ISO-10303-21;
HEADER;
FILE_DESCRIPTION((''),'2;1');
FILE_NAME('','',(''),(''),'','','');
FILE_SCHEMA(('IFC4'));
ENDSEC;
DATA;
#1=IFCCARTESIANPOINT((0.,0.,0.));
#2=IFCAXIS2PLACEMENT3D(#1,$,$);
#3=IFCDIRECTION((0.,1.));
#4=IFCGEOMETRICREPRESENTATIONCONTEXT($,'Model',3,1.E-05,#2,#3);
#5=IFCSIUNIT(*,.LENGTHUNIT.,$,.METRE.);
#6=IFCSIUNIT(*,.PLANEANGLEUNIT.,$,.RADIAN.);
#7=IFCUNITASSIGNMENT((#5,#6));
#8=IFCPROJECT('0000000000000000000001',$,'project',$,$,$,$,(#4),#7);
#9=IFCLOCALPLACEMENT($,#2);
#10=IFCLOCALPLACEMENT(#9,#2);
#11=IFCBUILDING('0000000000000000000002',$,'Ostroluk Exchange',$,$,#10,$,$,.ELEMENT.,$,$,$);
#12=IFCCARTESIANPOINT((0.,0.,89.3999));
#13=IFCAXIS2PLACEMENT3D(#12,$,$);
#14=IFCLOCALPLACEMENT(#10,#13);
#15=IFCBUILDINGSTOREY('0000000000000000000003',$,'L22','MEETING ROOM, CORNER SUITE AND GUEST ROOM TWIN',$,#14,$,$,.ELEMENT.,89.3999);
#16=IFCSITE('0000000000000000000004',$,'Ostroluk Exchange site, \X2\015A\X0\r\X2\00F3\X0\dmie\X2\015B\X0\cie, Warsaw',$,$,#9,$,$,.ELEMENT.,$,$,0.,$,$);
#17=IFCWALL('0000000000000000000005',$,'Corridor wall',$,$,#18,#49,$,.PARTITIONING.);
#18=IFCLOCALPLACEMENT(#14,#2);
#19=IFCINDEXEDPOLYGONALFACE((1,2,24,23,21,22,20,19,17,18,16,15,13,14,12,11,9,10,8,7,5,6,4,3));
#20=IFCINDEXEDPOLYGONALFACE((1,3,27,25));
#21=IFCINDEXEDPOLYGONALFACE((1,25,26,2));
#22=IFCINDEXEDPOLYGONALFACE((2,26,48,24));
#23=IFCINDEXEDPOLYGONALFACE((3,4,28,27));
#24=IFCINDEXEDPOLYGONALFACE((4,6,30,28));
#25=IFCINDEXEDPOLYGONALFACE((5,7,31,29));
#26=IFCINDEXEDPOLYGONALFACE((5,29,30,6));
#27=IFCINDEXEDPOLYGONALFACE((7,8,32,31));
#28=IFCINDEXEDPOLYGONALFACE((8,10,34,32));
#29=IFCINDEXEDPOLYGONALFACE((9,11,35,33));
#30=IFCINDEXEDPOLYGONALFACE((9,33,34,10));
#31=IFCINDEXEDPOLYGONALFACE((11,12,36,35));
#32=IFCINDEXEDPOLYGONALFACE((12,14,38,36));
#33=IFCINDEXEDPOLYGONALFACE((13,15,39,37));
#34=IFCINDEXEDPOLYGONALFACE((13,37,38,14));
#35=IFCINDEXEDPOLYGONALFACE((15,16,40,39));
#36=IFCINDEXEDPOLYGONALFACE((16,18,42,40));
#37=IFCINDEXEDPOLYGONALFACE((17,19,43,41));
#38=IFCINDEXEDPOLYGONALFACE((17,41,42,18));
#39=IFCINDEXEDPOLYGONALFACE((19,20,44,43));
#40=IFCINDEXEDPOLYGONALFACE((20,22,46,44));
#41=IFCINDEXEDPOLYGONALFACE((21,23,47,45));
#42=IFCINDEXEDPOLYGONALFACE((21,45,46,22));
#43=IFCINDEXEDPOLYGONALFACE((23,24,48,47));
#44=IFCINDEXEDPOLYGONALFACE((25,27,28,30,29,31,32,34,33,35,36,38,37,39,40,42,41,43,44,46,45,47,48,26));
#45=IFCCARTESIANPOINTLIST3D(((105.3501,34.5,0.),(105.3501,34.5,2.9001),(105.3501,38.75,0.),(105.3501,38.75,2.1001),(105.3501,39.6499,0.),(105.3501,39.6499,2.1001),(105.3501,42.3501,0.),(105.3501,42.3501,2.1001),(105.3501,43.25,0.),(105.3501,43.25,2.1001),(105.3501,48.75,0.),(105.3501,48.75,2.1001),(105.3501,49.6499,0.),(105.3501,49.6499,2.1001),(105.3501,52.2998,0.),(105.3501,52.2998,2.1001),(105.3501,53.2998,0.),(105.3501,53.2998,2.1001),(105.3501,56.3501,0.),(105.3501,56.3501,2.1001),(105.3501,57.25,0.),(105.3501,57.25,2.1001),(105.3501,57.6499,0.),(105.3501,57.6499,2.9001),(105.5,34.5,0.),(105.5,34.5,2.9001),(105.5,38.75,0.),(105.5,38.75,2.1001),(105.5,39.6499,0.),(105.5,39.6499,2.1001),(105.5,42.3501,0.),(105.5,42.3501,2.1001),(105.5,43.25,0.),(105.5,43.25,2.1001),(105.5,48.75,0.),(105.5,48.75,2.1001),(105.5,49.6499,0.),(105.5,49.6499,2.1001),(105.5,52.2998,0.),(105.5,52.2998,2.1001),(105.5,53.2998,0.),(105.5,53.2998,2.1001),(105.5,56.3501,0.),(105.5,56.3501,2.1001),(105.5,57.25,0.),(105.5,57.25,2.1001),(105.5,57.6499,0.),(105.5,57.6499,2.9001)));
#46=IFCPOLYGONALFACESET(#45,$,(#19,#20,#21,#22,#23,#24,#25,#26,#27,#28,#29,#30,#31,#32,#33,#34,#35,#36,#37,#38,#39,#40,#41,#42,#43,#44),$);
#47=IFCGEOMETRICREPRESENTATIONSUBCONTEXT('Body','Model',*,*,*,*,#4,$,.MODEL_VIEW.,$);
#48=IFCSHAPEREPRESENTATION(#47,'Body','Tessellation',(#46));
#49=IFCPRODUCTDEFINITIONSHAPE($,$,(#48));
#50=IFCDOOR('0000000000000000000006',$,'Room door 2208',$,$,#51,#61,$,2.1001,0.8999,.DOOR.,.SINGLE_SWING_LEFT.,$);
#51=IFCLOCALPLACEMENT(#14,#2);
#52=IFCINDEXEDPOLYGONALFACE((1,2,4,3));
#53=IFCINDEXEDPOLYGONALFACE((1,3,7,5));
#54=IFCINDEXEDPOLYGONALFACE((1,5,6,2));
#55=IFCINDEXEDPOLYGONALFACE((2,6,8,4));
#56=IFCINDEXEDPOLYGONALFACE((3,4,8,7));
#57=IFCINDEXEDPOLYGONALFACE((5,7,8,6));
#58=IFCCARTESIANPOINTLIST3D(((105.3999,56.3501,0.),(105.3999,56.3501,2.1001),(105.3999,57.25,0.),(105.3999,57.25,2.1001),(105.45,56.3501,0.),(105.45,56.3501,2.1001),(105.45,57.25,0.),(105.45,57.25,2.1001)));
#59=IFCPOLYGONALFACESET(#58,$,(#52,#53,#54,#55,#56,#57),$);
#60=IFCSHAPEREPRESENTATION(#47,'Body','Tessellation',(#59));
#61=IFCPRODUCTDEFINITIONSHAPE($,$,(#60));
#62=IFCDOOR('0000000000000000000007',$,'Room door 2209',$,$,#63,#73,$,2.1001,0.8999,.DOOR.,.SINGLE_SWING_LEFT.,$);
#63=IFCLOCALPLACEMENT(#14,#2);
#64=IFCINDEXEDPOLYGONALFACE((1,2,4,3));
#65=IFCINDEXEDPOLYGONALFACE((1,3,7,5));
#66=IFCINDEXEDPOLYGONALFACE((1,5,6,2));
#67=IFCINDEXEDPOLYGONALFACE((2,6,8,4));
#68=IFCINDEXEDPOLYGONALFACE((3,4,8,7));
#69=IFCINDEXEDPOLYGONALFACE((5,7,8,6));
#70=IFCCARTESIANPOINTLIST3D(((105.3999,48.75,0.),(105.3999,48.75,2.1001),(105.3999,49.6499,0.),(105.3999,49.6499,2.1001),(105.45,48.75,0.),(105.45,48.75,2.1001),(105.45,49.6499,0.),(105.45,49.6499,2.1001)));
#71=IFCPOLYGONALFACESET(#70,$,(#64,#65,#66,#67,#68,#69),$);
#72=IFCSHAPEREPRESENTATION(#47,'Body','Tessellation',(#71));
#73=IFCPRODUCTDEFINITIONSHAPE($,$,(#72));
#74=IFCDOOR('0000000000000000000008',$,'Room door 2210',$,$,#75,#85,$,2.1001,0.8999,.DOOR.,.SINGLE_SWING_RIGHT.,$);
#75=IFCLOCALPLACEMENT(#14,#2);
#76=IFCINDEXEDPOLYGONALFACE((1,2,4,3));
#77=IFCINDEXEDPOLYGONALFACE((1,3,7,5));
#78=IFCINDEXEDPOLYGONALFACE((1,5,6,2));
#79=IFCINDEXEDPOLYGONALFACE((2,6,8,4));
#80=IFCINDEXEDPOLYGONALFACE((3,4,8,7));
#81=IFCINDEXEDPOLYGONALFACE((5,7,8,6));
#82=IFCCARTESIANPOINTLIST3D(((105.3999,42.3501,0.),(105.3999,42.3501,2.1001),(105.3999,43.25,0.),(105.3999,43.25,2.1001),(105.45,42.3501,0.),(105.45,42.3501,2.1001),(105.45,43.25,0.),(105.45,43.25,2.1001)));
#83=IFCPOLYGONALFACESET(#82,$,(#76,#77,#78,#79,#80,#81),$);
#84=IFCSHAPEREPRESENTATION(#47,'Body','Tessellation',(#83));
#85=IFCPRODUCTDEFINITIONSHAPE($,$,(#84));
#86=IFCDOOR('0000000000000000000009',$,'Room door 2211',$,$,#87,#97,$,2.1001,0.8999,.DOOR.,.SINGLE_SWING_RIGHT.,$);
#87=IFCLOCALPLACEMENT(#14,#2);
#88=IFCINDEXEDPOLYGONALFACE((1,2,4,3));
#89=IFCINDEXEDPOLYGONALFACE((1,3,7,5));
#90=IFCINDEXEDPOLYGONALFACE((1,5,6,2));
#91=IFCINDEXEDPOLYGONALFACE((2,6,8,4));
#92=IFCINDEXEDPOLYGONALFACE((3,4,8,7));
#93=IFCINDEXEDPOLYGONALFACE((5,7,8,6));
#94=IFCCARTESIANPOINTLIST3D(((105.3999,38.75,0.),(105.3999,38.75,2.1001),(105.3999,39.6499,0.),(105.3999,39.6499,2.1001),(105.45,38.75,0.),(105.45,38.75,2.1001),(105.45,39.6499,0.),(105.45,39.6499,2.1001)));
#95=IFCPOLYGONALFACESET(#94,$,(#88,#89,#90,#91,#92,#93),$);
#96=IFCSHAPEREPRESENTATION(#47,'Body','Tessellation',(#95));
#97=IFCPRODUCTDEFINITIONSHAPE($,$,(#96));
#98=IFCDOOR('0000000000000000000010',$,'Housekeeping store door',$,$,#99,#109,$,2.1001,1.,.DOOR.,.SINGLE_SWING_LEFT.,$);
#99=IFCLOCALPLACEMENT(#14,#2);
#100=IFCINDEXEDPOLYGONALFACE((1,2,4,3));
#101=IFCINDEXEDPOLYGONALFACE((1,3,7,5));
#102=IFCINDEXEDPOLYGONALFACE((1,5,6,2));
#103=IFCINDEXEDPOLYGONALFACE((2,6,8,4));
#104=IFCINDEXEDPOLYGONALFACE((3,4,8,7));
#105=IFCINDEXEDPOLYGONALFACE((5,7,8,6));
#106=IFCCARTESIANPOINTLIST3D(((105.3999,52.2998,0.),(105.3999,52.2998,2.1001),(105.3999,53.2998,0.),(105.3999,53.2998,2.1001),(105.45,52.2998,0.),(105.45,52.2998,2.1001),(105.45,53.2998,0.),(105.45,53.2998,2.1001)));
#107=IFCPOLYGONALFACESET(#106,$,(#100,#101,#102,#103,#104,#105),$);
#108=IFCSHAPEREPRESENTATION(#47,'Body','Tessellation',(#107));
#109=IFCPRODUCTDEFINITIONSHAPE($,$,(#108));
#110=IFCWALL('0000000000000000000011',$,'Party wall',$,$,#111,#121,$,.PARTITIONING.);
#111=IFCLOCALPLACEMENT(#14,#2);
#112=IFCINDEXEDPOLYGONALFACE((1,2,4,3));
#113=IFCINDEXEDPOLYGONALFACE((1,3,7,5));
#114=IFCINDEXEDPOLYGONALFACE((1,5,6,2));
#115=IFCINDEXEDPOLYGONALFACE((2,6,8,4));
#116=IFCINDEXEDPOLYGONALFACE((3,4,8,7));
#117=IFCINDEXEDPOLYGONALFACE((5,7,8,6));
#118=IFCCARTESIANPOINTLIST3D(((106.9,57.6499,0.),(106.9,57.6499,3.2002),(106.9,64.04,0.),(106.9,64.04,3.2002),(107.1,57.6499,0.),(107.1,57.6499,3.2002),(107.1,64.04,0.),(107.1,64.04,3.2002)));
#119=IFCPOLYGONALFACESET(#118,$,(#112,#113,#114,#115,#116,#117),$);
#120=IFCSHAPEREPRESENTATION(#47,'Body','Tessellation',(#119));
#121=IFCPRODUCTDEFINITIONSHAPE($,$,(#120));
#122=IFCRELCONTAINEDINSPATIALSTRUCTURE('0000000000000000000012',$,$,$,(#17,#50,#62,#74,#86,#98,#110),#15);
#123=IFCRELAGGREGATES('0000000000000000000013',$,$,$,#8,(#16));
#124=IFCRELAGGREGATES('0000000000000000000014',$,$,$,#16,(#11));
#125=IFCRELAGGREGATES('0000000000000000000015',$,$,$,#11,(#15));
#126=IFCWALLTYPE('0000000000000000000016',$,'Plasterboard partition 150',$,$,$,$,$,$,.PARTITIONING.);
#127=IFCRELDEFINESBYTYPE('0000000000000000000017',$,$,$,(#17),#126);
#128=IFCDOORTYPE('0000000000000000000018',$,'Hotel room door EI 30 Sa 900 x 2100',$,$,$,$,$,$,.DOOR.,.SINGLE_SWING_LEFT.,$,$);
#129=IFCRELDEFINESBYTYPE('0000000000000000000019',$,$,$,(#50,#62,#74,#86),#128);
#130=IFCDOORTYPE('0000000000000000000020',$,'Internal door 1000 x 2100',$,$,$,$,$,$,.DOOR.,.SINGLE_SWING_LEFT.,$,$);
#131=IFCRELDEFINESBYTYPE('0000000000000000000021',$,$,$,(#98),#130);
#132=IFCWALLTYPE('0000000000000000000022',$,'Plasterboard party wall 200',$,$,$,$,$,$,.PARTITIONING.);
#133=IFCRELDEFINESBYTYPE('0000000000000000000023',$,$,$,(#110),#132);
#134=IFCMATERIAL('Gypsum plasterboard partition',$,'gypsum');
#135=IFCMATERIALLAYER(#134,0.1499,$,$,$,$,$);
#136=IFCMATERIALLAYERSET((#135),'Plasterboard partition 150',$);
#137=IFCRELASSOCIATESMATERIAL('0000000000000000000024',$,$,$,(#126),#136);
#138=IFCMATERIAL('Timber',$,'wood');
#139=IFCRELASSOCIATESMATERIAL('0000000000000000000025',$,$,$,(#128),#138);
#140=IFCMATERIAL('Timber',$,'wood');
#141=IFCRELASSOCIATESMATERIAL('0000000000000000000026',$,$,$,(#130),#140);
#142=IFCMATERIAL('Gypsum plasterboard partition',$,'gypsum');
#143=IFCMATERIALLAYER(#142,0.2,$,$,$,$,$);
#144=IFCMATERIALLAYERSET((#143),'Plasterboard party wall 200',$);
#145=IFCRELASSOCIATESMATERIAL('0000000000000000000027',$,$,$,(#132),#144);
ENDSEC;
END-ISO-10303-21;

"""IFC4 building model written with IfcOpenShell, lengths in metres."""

from ifc_helpers import new_model, si_unit, direction, frame, frame_2d, origin, place, context, subcontext, project, spatial, rectangle, extrude, material, layer, layer_set, type_object, element, fill, save


model = new_model("IFC4")

# Units and contexts
model_context = context("Model", 3, precision=1e-05, world=origin(), true_north=direction((0.0, 1.0)))
body_context = subcontext(model_context, "Body", "Model", "MODEL_VIEW")
ifc_project = project(units=[si_unit("LENGTHUNIT", "METRE"), si_unit("PLANEANGLEUNIT", "RADIAN")], contexts=[model_context])

# Site, building, storey
site_placement = place(None, origin())
site = spatial("IfcSite", under=ifc_project, at=site_placement, Name="Ostroluk Exchange site, Śródmieście, Warsaw", CompositionType="ELEMENT", RefElevation=0.0)
building_placement = place(site_placement, origin())
building = spatial("IfcBuilding", under=site, at=building_placement, Name="Ostroluk Exchange", CompositionType="ELEMENT")
storey_placement = place(building_placement, frame((0.0, 0.0, 89.3999)))
storey = spatial("IfcBuildingStorey", under=building, at=storey_placement, Name="L22", Description="MEETING ROOM, CORNER SUITE AND GUEST ROOM TWIN", CompositionType="ELEMENT", Elevation=89.3999)

# Wall, openings, doors
ifc_material_1 = material(Name="Gypsum plasterboard partition", Category="gypsum")
ifc_layer_1 = layer(ifc_material_1, 0.1499)
ifc_layer_set_1 = layer_set([ifc_layer_1], Name="Plasterboard partition 150")
wall_type_1 = type_object("IfcWallType", Name="Plasterboard partition 150", PredefinedType="PARTITIONING", material=ifc_layer_set_1)
wall_1_placement = place(storey_placement, frame((105.425, 57.6499, 0.0), z_axis=(0.0, 0.0, 1.0), x_axis=(0.0, -1.0, 0.0)))
wall_1 = element("IfcWall", 1, at=wall_1_placement, inside=storey, type_object=wall_type_1, Name="Corridor wall", PredefinedType="PARTITIONING", context=body_context, shape_type="SweptSolid", body=[
    extrude(rectangle(XDim=23.1499, YDim=0.1499, at=frame_2d((11.575, 0.0))), origin(), (0.0, 0.0, 1.0), 2.9001),
])
opening_1_placement = place(wall_1_placement, frame((0.3999, 0.0, 0.0)))
opening_1 = element("IfcOpeningElement", 2, at=opening_1_placement, cuts=wall_1, PredefinedType="OPENING", context=body_context, shape_type="SweptSolid", body=[
    extrude(rectangle(XDim=0.8999, YDim=2.1001, at=frame_2d((0.45, 1.05))), frame((0.0, 0.085, 0.0), z_axis=(0.0, -1.0, 0.0), x_axis=(1.0, 0.0, 0.0)), (0.0, 0.0, 1.0), 0.1699),
])
opening_2_placement = place(wall_1_placement, frame((4.3501, 0.0, 0.0)))
opening_2 = element("IfcOpeningElement", 3, at=opening_2_placement, cuts=wall_1, PredefinedType="OPENING", context=body_context, shape_type="SweptSolid", body=[
    extrude(rectangle(XDim=1.0, YDim=2.1001, at=frame_2d((0.5, 1.05))), frame((0.0, 0.085, 0.0), z_axis=(0.0, -1.0, 0.0), x_axis=(1.0, 0.0, 0.0)), (0.0, 0.0, 1.0), 0.1699),
])
opening_3_placement = place(wall_1_placement, frame((8.0, 0.0, 0.0)))
opening_3 = element("IfcOpeningElement", 4, at=opening_3_placement, cuts=wall_1, PredefinedType="OPENING", context=body_context, shape_type="SweptSolid", body=[
    extrude(rectangle(XDim=0.8999, YDim=2.1001, at=frame_2d((0.45, 1.05))), frame((0.0, 0.085, 0.0), z_axis=(0.0, -1.0, 0.0), x_axis=(1.0, 0.0, 0.0)), (0.0, 0.0, 1.0), 0.1699),
])
opening_4_placement = place(wall_1_placement, frame((14.3999, 0.0, 0.0)))
opening_4 = element("IfcOpeningElement", 5, at=opening_4_placement, cuts=wall_1, PredefinedType="OPENING", context=body_context, shape_type="SweptSolid", body=[
    extrude(rectangle(XDim=0.8999, YDim=2.1001, at=frame_2d((0.45, 1.05))), frame((0.0, 0.085, 0.0), z_axis=(0.0, -1.0, 0.0), x_axis=(1.0, 0.0, 0.0)), (0.0, 0.0, 1.0), 0.1699),
])
opening_5_placement = place(wall_1_placement, frame((18.0, 0.0, 0.0)))
opening_5 = element("IfcOpeningElement", 6, at=opening_5_placement, cuts=wall_1, PredefinedType="OPENING", context=body_context, shape_type="SweptSolid", body=[
    extrude(rectangle(XDim=0.8999, YDim=2.1001, at=frame_2d((0.45, 1.05))), frame((0.0, 0.085, 0.0), z_axis=(0.0, -1.0, 0.0), x_axis=(1.0, 0.0, 0.0)), (0.0, 0.0, 1.0), 0.1699),
])
ifc_material_2 = material(Name="Timber", Category="wood")
door_type_1 = type_object("IfcDoorType", Name="Hotel room door EI 30 Sa 900 x 2100", OperationType="SINGLE_SWING_LEFT", PredefinedType="DOOR", material=ifc_material_2)
door_1_placement = place(opening_1_placement, origin())
door_1 = element("IfcDoor", 7, at=door_1_placement, inside=storey, type_object=door_type_1, Name="Room door 2208", OperationType="SINGLE_SWING_LEFT", OverallHeight=2.1001, OverallWidth=0.8999, PredefinedType="DOOR", context=body_context, shape_type="SweptSolid", body=[
    extrude(rectangle(XDim=0.8999, YDim=2.1001, at=frame_2d((0.45, 1.05))), frame((0.0, 0.0249, 0.0), z_axis=(0.0, -1.0, 0.0), x_axis=(1.0, 0.0, 0.0)), (0.0, 0.0, 1.0), 0.05),
])
fill(opening_1, door_1)
door_2_placement = place(opening_3_placement, origin())
door_2 = element("IfcDoor", 8, at=door_2_placement, inside=storey, type_object=door_type_1, Name="Room door 2209", OperationType="SINGLE_SWING_LEFT", OverallHeight=2.1001, OverallWidth=0.8999, PredefinedType="DOOR", context=body_context, shape_type="SweptSolid", body=[
    extrude(rectangle(XDim=0.8999, YDim=2.1001, at=frame_2d((0.45, 1.05))), frame((0.0, 0.0249, 0.0), z_axis=(0.0, -1.0, 0.0), x_axis=(1.0, 0.0, 0.0)), (0.0, 0.0, 1.0), 0.05),
])
fill(opening_3, door_2)
door_3_placement = place(opening_4_placement, origin())
door_3 = element("IfcDoor", 9, at=door_3_placement, inside=storey, type_object=door_type_1, Name="Room door 2210", OperationType="SINGLE_SWING_RIGHT", OverallHeight=2.1001, OverallWidth=0.8999, PredefinedType="DOOR", context=body_context, shape_type="SweptSolid", body=[
    extrude(rectangle(XDim=0.8999, YDim=2.1001, at=frame_2d((0.45, 1.05))), frame((0.0, 0.0249, 0.0), z_axis=(0.0, -1.0, 0.0), x_axis=(1.0, 0.0, 0.0)), (0.0, 0.0, 1.0), 0.05),
])
fill(opening_4, door_3)
door_4_placement = place(opening_5_placement, origin())
door_4 = element("IfcDoor", 10, at=door_4_placement, inside=storey, type_object=door_type_1, Name="Room door 2211", OperationType="SINGLE_SWING_RIGHT", OverallHeight=2.1001, OverallWidth=0.8999, PredefinedType="DOOR", context=body_context, shape_type="SweptSolid", body=[
    extrude(rectangle(XDim=0.8999, YDim=2.1001, at=frame_2d((0.45, 1.05))), frame((0.0, 0.0249, 0.0), z_axis=(0.0, -1.0, 0.0), x_axis=(1.0, 0.0, 0.0)), (0.0, 0.0, 1.0), 0.05),
])
fill(opening_5, door_4)
ifc_material_3 = material(Name="Timber", Category="wood")
door_type_2 = type_object("IfcDoorType", Name="Internal door 1000 x 2100", OperationType="SINGLE_SWING_LEFT", PredefinedType="DOOR", material=ifc_material_3)
door_5_placement = place(opening_2_placement, origin())
door_5 = element("IfcDoor", 11, at=door_5_placement, inside=storey, type_object=door_type_2, Name="Housekeeping store door", OperationType="SINGLE_SWING_LEFT", OverallHeight=2.1001, OverallWidth=1.0, PredefinedType="DOOR", context=body_context, shape_type="SweptSolid", body=[
    extrude(rectangle(XDim=1.0, YDim=2.1001, at=frame_2d((0.5, 1.05))), frame((0.0, 0.0249, 0.0), z_axis=(0.0, -1.0, 0.0), x_axis=(1.0, 0.0, 0.0)), (0.0, 0.0, 1.0), 0.05),
])
fill(opening_2, door_5)

# Wall
ifc_material_4 = material(Name="Gypsum plasterboard partition", Category="gypsum")
ifc_layer_2 = layer(ifc_material_4, 0.2)
ifc_layer_set_2 = layer_set([ifc_layer_2], Name="Plasterboard party wall 200")
wall_type_2 = type_object("IfcWallType", Name="Plasterboard party wall 200", PredefinedType="PARTITIONING", material=ifc_layer_set_2)
wall_2_placement = place(storey_placement, frame((107.0, 57.6499, 0.0), z_axis=(0.0, 0.0, 1.0), x_axis=(0.0, 1.0, 0.0)))
element("IfcWall", 12, at=wall_2_placement, inside=storey, type_object=wall_type_2, Name="Party wall", PredefinedType="PARTITIONING", context=body_context, shape_type="SweptSolid", body=[
    extrude(rectangle(XDim=6.3901, YDim=0.2, at=frame_2d((3.1951, 0.0))), origin(), (0.0, 0.0, 1.0), 3.2002),
])

save(model, "model.ifc")
